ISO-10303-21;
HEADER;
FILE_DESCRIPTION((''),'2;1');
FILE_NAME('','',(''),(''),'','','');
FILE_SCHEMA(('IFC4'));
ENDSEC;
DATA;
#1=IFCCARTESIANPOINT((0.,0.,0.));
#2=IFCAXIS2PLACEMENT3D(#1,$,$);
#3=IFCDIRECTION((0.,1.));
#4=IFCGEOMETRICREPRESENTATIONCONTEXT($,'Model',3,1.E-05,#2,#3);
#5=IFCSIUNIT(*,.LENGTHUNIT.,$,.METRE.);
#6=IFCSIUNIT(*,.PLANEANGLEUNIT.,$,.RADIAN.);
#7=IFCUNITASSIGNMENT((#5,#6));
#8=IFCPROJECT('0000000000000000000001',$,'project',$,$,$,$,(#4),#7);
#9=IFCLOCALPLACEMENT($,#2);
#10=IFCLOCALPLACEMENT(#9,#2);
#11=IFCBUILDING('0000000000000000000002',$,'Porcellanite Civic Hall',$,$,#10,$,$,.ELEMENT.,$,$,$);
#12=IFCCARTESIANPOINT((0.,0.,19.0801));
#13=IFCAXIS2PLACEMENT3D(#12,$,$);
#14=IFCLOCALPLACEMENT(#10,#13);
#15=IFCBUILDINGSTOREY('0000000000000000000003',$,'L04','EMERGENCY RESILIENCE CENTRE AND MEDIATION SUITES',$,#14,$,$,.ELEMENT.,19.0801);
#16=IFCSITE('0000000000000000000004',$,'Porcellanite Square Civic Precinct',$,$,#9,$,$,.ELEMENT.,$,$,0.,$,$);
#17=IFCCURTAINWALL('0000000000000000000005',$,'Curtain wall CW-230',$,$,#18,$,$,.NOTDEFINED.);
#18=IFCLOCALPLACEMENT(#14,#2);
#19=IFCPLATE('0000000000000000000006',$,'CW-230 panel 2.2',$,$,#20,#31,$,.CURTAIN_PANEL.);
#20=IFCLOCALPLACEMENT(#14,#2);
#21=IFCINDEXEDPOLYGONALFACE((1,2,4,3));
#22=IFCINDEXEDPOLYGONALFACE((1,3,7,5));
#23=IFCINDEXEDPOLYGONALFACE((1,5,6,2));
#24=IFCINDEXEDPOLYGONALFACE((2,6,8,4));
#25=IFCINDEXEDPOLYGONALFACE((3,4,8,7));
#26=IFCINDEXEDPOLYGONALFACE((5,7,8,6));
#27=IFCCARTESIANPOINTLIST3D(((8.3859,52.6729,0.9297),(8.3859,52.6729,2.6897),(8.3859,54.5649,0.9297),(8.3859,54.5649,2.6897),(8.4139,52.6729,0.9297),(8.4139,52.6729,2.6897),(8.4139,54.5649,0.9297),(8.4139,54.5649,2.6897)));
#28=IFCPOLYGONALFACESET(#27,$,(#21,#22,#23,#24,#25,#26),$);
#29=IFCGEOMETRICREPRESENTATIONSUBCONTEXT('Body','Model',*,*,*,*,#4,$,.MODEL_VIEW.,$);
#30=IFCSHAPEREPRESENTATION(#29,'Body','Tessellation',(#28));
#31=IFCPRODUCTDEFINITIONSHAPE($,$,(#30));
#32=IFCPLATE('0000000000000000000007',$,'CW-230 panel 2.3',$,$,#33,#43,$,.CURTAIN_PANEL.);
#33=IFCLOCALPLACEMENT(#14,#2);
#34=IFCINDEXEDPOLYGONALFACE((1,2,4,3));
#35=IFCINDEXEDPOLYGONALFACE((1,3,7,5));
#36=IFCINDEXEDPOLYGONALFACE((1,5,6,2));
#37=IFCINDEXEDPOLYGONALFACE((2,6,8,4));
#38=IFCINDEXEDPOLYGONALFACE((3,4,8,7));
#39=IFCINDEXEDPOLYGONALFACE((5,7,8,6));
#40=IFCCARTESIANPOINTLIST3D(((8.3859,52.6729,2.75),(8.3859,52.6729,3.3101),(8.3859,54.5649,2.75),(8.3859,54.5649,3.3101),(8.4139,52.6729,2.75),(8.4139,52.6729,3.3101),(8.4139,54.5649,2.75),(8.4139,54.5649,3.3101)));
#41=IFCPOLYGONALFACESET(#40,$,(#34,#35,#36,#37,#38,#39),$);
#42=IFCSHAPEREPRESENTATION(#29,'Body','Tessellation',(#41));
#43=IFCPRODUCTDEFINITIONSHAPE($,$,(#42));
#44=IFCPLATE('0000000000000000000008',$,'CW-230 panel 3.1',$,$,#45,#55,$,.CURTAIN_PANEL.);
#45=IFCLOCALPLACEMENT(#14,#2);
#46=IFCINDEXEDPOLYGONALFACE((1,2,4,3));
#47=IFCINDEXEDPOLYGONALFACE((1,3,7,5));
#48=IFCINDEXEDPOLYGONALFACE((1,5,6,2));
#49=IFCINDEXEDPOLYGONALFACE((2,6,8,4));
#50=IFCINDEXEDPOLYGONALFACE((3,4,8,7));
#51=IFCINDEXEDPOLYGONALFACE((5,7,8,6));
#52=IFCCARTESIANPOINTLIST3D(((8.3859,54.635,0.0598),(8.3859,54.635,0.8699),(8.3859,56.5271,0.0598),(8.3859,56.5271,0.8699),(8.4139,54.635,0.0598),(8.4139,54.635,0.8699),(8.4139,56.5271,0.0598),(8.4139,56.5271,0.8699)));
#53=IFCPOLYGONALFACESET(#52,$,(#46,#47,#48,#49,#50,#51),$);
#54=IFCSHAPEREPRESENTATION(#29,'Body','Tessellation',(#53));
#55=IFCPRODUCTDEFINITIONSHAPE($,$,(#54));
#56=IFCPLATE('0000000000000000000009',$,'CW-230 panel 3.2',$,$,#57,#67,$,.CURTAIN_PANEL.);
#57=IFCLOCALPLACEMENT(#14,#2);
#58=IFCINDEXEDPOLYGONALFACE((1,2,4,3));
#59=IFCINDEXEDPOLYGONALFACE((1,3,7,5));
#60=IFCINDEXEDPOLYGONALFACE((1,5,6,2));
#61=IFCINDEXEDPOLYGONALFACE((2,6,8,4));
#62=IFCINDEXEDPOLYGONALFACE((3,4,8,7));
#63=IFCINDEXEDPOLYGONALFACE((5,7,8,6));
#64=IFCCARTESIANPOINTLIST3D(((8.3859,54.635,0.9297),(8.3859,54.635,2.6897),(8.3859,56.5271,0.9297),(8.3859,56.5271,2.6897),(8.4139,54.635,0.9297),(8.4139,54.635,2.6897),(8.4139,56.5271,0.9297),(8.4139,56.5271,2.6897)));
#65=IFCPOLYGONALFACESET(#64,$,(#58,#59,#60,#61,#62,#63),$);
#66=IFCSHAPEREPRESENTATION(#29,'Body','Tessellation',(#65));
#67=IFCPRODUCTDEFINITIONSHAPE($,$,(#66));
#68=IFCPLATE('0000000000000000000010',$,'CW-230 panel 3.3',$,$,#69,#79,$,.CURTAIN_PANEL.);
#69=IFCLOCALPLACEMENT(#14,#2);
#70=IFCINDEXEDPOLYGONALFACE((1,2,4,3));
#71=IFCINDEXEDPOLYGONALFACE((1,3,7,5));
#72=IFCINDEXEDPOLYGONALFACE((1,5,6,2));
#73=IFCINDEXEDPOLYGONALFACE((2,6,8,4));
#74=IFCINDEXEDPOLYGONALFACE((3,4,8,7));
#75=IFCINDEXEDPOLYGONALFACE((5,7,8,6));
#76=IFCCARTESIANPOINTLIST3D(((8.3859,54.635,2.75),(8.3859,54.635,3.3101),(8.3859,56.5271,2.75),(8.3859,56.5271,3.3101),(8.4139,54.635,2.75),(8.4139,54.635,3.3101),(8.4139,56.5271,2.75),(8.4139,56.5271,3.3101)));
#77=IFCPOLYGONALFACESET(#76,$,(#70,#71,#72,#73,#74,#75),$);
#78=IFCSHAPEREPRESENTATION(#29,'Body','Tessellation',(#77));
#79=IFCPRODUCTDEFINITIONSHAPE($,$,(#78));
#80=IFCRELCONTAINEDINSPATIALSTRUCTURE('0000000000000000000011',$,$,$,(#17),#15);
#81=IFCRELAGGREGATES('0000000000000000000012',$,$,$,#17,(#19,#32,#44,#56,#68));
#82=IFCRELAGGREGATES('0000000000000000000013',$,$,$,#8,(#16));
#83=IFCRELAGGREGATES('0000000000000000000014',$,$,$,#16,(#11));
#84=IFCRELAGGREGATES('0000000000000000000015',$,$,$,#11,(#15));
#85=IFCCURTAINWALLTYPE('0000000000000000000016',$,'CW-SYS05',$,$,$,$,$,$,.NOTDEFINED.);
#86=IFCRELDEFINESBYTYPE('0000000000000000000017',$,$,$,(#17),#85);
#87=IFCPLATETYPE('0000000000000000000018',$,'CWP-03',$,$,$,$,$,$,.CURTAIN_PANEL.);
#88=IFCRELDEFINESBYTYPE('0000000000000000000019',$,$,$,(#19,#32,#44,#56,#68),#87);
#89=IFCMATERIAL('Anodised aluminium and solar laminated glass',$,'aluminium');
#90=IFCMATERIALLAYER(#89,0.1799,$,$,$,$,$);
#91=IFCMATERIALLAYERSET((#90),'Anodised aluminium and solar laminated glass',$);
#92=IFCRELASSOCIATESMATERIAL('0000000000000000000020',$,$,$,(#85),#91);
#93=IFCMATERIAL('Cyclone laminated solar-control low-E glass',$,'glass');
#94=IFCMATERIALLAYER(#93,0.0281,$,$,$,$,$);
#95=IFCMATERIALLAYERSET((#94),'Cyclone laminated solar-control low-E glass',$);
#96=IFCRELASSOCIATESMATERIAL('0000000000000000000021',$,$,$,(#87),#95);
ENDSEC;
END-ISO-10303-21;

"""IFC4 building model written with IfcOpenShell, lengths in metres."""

from ifc_helpers import new_model, si_unit, direction, frame, origin, origin_2d, place, context, subcontext, project, spatial, rectangle, extrude, material, layer, layer_set, type_object, element, aggregate, save


model = new_model("IFC4")

# Units and contexts
model_context = context("Model", 3, precision=1e-05, world=origin(), true_north=direction((0.0, 1.0)))
body_context = subcontext(model_context, "Body", "Model", "MODEL_VIEW")
ifc_project = project(units=[si_unit("LENGTHUNIT", "METRE"), si_unit("PLANEANGLEUNIT", "RADIAN")], contexts=[model_context])

# Site, building, storey
site_placement = place(None, origin())
site = spatial("IfcSite", under=ifc_project, at=site_placement, Name="Porcellanite Square Civic Precinct", CompositionType="ELEMENT", RefElevation=0.0)
building_placement = place(site_placement, origin())
building = spatial("IfcBuilding", under=site, at=building_placement, Name="Porcellanite Civic Hall", CompositionType="ELEMENT")
storey_placement = place(building_placement, frame((0.0, 0.0, 19.0801)))
storey = spatial("IfcBuildingStorey", under=building, at=storey_placement, Name="L04", Description="EMERGENCY RESILIENCE CENTRE AND MEDIATION SUITES", CompositionType="ELEMENT", Elevation=19.0801)

# Curtain wall
ifc_material_1 = material(Name="Anodised aluminium and solar laminated glass", Category="aluminium")
ifc_layer_1 = layer(ifc_material_1, 0.1799)
ifc_layer_set_1 = layer_set([ifc_layer_1], Name="Anodised aluminium and solar laminated glass")
curtain_wall_type = type_object("IfcCurtainWallType", Name="CW-SYS05", PredefinedType="NOTDEFINED", material=ifc_layer_set_1)
curtain_wall_placement = place(storey_placement, origin())
curtain_wall = element("IfcCurtainWall", 1, at=curtain_wall_placement, inside=storey, type_object=curtain_wall_type, Name="Curtain wall CW-230", PredefinedType="NOTDEFINED")

# Plates
ifc_material_2 = material(Name="Cyclone laminated solar-control low-E glass", Category="glass")
ifc_layer_2 = layer(ifc_material_2, 0.0281)
ifc_layer_set_2 = layer_set([ifc_layer_2], Name="Cyclone laminated solar-control low-E glass")
plate_type = type_object("IfcPlateType", Name="CWP-03", PredefinedType="CURTAIN_PANEL", material=ifc_layer_set_2)
plate_1_placement = place(storey_placement, frame((8.3999, 53.6189, 0.9297), z_axis=(0.0, 0.0, 1.0), x_axis=(0.0, 1.0, 0.0)))
plate_1 = element("IfcPlate", 2, at=plate_1_placement, type_object=plate_type, Name="CW-230 panel 2.2", PredefinedType="CURTAIN_PANEL", context=body_context, shape_type="SweptSolid", body=[
    extrude(rectangle(XDim=1.8921, YDim=0.0281, at=origin_2d()), origin(), (0.0, 0.0, 1.0), 1.76),
])
plate_2_placement = place(storey_placement, frame((8.3999, 53.6189, 2.75), z_axis=(0.0, 0.0, 1.0), x_axis=(0.0, 1.0, 0.0)))
plate_2 = element("IfcPlate", 3, at=plate_2_placement, type_object=plate_type, Name="CW-230 panel 2.3", PredefinedType="CURTAIN_PANEL", context=body_context, shape_type="SweptSolid", body=[
    extrude(rectangle(XDim=1.8921, YDim=0.0281, at=origin_2d()), origin(), (0.0, 0.0, 1.0), 0.5601),
])
plate_3_placement = place(storey_placement, frame((8.3999, 55.5811, 0.0598), z_axis=(0.0, 0.0, 1.0), x_axis=(0.0, 1.0, 0.0)))
plate_3 = element("IfcPlate", 4, at=plate_3_placement, type_object=plate_type, Name="CW-230 panel 3.1", PredefinedType="CURTAIN_PANEL", context=body_context, shape_type="SweptSolid", body=[
    extrude(rectangle(XDim=1.8921, YDim=0.0281, at=origin_2d()), origin(), (0.0, 0.0, 1.0), 0.8101),
])
plate_4_placement = place(storey_placement, frame((8.3999, 55.5811, 0.9297), z_axis=(0.0, 0.0, 1.0), x_axis=(0.0, 1.0, 0.0)))
plate_4 = element("IfcPlate", 5, at=plate_4_placement, type_object=plate_type, Name="CW-230 panel 3.2", PredefinedType="CURTAIN_PANEL", context=body_context, shape_type="SweptSolid", body=[
    extrude(rectangle(XDim=1.8921, YDim=0.0281, at=origin_2d()), origin(), (0.0, 0.0, 1.0), 1.76),
])
plate_5_placement = place(storey_placement, frame((8.3999, 55.5811, 2.75), z_axis=(0.0, 0.0, 1.0), x_axis=(0.0, 1.0, 0.0)))
plate_5 = element("IfcPlate", 6, at=plate_5_placement, type_object=plate_type, Name="CW-230 panel 3.3", PredefinedType="CURTAIN_PANEL", context=body_context, shape_type="SweptSolid", body=[
    extrude(rectangle(XDim=1.8921, YDim=0.0281, at=origin_2d()), origin(), (0.0, 0.0, 1.0), 0.5601),
])
aggregate(curtain_wall, [plate_1, plate_2, plate_3, plate_4, plate_5])

save(model, "model.ifc")
